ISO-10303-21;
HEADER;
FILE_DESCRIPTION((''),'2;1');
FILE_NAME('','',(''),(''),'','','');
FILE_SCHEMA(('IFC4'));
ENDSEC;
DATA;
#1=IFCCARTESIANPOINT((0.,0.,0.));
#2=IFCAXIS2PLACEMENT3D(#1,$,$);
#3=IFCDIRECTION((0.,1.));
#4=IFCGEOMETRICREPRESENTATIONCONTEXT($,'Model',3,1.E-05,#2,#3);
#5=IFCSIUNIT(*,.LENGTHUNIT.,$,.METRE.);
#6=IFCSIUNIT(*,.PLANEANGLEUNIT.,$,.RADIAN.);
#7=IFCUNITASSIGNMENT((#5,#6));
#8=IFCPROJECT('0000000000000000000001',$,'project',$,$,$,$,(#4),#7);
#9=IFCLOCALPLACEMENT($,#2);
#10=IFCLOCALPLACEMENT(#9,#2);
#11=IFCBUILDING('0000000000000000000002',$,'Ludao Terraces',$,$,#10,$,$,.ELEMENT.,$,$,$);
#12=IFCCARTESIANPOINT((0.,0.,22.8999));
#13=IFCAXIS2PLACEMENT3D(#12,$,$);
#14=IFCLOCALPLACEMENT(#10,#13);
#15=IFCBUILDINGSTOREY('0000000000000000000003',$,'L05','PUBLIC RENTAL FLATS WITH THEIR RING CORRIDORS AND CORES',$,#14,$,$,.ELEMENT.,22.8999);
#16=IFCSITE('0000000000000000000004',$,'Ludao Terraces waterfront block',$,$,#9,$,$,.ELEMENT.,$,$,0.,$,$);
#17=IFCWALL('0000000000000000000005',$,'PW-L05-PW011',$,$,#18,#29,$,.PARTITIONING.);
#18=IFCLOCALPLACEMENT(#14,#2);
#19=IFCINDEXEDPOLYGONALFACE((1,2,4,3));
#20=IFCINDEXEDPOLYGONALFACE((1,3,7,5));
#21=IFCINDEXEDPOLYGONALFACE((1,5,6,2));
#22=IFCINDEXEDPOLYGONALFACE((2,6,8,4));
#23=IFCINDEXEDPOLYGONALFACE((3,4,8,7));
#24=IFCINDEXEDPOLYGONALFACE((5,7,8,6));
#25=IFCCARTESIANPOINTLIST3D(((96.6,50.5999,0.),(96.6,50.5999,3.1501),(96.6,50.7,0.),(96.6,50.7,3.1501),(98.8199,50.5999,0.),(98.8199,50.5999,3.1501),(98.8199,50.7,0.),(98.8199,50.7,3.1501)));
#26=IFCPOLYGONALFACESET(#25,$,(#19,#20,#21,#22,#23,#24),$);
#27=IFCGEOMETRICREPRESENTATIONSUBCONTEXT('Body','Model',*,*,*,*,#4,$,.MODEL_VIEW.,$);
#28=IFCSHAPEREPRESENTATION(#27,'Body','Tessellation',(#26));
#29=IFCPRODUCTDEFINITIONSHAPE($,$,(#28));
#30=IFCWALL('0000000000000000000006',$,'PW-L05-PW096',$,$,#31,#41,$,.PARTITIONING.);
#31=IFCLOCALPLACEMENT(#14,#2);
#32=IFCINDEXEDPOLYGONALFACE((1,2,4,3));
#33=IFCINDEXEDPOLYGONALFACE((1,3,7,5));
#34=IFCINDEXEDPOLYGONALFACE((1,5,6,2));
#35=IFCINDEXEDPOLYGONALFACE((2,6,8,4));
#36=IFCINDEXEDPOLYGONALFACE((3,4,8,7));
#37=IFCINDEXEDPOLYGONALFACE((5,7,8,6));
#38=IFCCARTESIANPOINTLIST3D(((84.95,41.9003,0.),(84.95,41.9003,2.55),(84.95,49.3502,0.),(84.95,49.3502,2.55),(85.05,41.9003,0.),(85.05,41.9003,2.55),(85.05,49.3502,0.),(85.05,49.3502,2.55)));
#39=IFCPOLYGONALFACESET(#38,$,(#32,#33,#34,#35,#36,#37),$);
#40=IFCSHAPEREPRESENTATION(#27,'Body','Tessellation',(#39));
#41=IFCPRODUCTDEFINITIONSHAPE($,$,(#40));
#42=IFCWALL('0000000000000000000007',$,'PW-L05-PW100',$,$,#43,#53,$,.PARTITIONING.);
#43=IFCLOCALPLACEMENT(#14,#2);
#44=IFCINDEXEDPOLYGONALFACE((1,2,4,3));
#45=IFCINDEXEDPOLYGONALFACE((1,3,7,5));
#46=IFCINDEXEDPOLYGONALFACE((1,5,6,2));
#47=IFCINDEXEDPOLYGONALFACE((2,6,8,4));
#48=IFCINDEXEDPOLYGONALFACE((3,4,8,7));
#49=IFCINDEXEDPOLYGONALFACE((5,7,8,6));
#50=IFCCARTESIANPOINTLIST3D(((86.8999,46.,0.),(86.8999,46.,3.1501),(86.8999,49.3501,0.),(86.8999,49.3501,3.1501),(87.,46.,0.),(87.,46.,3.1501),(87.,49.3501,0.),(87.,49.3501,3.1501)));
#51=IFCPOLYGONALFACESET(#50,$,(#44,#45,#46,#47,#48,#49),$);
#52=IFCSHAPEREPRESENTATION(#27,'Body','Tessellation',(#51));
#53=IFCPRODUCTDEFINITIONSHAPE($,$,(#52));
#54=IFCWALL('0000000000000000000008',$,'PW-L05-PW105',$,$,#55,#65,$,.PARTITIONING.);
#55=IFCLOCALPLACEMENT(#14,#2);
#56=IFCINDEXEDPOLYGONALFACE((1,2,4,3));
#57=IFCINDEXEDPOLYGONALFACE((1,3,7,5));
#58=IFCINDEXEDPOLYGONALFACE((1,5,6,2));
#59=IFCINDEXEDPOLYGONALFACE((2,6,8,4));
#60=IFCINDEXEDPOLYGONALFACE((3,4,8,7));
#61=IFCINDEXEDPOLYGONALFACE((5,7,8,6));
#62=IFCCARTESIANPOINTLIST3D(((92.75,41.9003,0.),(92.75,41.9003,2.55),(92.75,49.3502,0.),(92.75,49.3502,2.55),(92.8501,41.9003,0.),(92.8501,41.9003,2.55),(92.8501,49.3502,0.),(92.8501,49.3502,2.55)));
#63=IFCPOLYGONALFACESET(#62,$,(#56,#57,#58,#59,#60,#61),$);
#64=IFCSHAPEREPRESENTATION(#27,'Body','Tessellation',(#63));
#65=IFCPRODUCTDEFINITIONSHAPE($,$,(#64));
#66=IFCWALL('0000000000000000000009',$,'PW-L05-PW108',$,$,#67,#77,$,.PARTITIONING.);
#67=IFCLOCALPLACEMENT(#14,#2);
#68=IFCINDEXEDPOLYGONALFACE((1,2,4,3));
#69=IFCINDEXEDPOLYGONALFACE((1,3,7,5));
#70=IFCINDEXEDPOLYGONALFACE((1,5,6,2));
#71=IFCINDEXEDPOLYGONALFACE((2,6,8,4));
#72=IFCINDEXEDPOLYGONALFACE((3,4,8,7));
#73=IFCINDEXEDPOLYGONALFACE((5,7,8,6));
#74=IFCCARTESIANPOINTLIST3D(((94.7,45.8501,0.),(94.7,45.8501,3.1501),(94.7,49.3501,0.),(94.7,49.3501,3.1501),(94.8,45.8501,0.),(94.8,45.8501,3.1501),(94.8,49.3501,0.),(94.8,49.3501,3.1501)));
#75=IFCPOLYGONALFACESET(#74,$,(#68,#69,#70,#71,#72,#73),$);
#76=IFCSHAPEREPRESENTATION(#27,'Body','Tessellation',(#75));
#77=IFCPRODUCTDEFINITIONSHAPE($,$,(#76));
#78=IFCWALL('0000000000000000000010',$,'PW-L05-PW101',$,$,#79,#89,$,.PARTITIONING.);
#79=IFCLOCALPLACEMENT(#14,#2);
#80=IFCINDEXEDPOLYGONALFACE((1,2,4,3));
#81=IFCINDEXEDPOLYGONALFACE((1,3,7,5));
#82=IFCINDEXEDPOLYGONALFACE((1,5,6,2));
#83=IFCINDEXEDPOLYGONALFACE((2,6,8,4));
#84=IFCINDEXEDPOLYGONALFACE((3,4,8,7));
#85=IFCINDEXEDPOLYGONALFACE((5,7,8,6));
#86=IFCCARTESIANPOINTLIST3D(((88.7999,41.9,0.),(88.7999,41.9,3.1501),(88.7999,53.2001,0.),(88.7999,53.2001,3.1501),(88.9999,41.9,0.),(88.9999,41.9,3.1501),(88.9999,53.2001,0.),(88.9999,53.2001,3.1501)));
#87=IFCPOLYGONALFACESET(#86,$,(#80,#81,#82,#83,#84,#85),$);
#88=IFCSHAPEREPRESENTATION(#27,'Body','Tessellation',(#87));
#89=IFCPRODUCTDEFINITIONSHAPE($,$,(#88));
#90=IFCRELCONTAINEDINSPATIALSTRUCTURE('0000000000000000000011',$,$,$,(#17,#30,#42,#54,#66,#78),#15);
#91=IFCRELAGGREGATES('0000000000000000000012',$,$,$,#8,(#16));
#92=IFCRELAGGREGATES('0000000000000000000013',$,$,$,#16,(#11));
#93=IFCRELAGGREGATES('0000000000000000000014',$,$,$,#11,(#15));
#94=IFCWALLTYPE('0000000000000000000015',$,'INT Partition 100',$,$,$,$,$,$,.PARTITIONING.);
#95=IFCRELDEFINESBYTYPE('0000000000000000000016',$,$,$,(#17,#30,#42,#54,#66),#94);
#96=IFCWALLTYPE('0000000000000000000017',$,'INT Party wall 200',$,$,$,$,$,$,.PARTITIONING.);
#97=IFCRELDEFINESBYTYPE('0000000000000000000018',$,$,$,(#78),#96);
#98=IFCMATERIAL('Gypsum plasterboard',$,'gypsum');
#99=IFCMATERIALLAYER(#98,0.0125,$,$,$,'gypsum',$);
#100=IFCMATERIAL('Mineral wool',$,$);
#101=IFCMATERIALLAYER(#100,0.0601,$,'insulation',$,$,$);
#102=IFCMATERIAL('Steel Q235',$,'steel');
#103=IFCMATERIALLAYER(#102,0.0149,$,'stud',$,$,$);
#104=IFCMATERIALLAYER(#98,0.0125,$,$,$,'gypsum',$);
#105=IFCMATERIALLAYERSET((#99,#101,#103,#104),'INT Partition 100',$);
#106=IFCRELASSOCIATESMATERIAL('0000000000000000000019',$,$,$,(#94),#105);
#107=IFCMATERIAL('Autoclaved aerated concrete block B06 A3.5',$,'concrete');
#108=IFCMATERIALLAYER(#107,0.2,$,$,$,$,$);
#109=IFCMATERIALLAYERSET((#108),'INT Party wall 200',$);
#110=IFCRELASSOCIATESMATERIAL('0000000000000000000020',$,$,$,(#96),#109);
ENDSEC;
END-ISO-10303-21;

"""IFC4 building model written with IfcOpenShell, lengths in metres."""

from ifc_helpers import new_model, si_unit, direction, frame, frame_2d, origin, place, context, subcontext, project, spatial, rectangle, extrude, material, layer, layer_set, type_object, element, save


model = new_model("IFC4")

# Units and contexts
model_context = context("Model", 3, precision=1e-05, world=origin(), true_north=direction((0.0, 1.0)))
body_context = subcontext(model_context, "Body", "Model", "MODEL_VIEW")
ifc_project = project(units=[si_unit("LENGTHUNIT", "METRE"), si_unit("PLANEANGLEUNIT", "RADIAN")], contexts=[model_context])

# Site, building, storey
site_placement = place(None, origin())
site = spatial("IfcSite", under=ifc_project, at=site_placement, Name="Ludao Terraces waterfront block", CompositionType="ELEMENT", RefElevation=0.0)
building_placement = place(site_placement, origin())
building = spatial("IfcBuilding", under=site, at=building_placement, Name="Ludao Terraces", CompositionType="ELEMENT")
storey_placement = place(building_placement, frame((0.0, 0.0, 22.8999)))
storey = spatial("IfcBuildingStorey", under=building, at=storey_placement, Name="L05", Description="PUBLIC RENTAL FLATS WITH THEIR RING CORRIDORS AND CORES", CompositionType="ELEMENT", Elevation=22.8999)

# Shared definitions
ifc_material_1 = material(Name="Gypsum plasterboard", Category="gypsum")
ifc_layer_1 = layer(ifc_material_1, 0.0125, Category="gypsum")
ifc_material_2 = material(Name="Mineral wool")
ifc_layer_2 = layer(ifc_material_2, 0.0601, Name="insulation")
ifc_material_3 = material(Name="Steel Q235", Category="steel")
ifc_layer_3 = layer(ifc_material_3, 0.0149, Name="stud")
ifc_layer_4 = layer(ifc_material_1, 0.0125, Category="gypsum")
ifc_layer_set_1 = layer_set([ifc_layer_1, ifc_layer_2, ifc_layer_3, ifc_layer_4], Name="INT Partition 100")
wall_type_1 = type_object("IfcWallType", Name="INT Partition 100", PredefinedType="PARTITIONING", material=ifc_layer_set_1)

# Walls
for number, where, z_axis, x_axis, name in (
    (1, (96.6001, 50.6499, 0.0), (0.0, 0.0, 1.0), (1.0, 0.0, 0.0), "PW-L05-PW011"),
):
    element("IfcWall", number, at=place(storey_placement, frame(where, z_axis=z_axis, x_axis=x_axis)), inside=storey, type_object=wall_type_1, Name=name, PredefinedType="PARTITIONING", context=body_context, shape_type="SweptSolid", body=[
        extrude(rectangle(XDim=2.22, YDim=0.1001, at=frame_2d((1.1099, 0.0))), origin(), (0.0, 0.0, 1.0), 3.1501),
    ])
wall_1_placement = place(storey_placement, frame((85.0, 41.9001, 0.0), z_axis=(0.0, 0.0, 1.0), x_axis=(0.0, 1.0, 0.0)))
element("IfcWall", 2, at=wall_1_placement, inside=storey, type_object=wall_type_1, Name="PW-L05-PW096", PredefinedType="PARTITIONING", context=body_context, shape_type="SweptSolid", body=[
    extrude(rectangle(XDim=7.45, YDim=0.1001, at=frame_2d((3.7251, 0.0))), origin(), (0.0, 0.0, 1.0), 2.55),
])
wall_2_placement = place(storey_placement, frame((86.95, 46.0, 0.0), z_axis=(0.0, 0.0, 1.0), x_axis=(0.0, 1.0, 0.0)))
element("IfcWall", 3, at=wall_2_placement, inside=storey, type_object=wall_type_1, Name="PW-L05-PW100", PredefinedType="PARTITIONING", context=body_context, shape_type="SweptSolid", body=[
    extrude(rectangle(XDim=3.3501, YDim=0.1001, at=frame_2d((1.675, 0.0))), origin(), (0.0, 0.0, 1.0), 3.1501),
])
wall_3_placement = place(storey_placement, frame((92.8, 41.9001, 0.0), z_axis=(0.0, 0.0, 1.0), x_axis=(0.0, 1.0, 0.0)))
element("IfcWall", 4, at=wall_3_placement, inside=storey, type_object=wall_type_1, Name="PW-L05-PW105", PredefinedType="PARTITIONING", context=body_context, shape_type="SweptSolid", body=[
    extrude(rectangle(XDim=7.45, YDim=0.1001, at=frame_2d((3.7251, 0.0))), origin(), (0.0, 0.0, 1.0), 2.55),
])
wall_4_placement = place(storey_placement, frame((94.75, 45.8501, 0.0), z_axis=(0.0, 0.0, 1.0), x_axis=(0.0, 1.0, 0.0)))
element("IfcWall", 5, at=wall_4_placement, inside=storey, type_object=wall_type_1, Name="PW-L05-PW108", PredefinedType="PARTITIONING", context=body_context, shape_type="SweptSolid", body=[
    extrude(rectangle(XDim=3.5, YDim=0.1001, at=frame_2d((1.75, 0.0))), origin(), (0.0, 0.0, 1.0), 3.1501),
])
ifc_material_4 = material(Name="Autoclaved aerated concrete block B06 A3.5", Category="concrete")
ifc_layer_5 = layer(ifc_material_4, 0.2)
ifc_layer_set_2 = layer_set([ifc_layer_5], Name="INT Party wall 200")
wall_type_2 = type_object("IfcWallType", Name="INT Party wall 200", PredefinedType="PARTITIONING", material=ifc_layer_set_2)
wall_5_placement = place(storey_placement, frame((88.8999, 41.9001, 0.0), z_axis=(0.0, 0.0, 1.0), x_axis=(0.0, 1.0, 0.0)))
element("IfcWall", 6, at=wall_5_placement, inside=storey, type_object=wall_type_2, Name="PW-L05-PW101", PredefinedType="PARTITIONING", context=body_context, shape_type="SweptSolid", body=[
    extrude(rectangle(XDim=11.3, YDim=0.2, at=frame_2d((5.6499, 0.0))), origin(), (0.0, 0.0, 1.0), 3.1501),
])

save(model, "model.ifc")
